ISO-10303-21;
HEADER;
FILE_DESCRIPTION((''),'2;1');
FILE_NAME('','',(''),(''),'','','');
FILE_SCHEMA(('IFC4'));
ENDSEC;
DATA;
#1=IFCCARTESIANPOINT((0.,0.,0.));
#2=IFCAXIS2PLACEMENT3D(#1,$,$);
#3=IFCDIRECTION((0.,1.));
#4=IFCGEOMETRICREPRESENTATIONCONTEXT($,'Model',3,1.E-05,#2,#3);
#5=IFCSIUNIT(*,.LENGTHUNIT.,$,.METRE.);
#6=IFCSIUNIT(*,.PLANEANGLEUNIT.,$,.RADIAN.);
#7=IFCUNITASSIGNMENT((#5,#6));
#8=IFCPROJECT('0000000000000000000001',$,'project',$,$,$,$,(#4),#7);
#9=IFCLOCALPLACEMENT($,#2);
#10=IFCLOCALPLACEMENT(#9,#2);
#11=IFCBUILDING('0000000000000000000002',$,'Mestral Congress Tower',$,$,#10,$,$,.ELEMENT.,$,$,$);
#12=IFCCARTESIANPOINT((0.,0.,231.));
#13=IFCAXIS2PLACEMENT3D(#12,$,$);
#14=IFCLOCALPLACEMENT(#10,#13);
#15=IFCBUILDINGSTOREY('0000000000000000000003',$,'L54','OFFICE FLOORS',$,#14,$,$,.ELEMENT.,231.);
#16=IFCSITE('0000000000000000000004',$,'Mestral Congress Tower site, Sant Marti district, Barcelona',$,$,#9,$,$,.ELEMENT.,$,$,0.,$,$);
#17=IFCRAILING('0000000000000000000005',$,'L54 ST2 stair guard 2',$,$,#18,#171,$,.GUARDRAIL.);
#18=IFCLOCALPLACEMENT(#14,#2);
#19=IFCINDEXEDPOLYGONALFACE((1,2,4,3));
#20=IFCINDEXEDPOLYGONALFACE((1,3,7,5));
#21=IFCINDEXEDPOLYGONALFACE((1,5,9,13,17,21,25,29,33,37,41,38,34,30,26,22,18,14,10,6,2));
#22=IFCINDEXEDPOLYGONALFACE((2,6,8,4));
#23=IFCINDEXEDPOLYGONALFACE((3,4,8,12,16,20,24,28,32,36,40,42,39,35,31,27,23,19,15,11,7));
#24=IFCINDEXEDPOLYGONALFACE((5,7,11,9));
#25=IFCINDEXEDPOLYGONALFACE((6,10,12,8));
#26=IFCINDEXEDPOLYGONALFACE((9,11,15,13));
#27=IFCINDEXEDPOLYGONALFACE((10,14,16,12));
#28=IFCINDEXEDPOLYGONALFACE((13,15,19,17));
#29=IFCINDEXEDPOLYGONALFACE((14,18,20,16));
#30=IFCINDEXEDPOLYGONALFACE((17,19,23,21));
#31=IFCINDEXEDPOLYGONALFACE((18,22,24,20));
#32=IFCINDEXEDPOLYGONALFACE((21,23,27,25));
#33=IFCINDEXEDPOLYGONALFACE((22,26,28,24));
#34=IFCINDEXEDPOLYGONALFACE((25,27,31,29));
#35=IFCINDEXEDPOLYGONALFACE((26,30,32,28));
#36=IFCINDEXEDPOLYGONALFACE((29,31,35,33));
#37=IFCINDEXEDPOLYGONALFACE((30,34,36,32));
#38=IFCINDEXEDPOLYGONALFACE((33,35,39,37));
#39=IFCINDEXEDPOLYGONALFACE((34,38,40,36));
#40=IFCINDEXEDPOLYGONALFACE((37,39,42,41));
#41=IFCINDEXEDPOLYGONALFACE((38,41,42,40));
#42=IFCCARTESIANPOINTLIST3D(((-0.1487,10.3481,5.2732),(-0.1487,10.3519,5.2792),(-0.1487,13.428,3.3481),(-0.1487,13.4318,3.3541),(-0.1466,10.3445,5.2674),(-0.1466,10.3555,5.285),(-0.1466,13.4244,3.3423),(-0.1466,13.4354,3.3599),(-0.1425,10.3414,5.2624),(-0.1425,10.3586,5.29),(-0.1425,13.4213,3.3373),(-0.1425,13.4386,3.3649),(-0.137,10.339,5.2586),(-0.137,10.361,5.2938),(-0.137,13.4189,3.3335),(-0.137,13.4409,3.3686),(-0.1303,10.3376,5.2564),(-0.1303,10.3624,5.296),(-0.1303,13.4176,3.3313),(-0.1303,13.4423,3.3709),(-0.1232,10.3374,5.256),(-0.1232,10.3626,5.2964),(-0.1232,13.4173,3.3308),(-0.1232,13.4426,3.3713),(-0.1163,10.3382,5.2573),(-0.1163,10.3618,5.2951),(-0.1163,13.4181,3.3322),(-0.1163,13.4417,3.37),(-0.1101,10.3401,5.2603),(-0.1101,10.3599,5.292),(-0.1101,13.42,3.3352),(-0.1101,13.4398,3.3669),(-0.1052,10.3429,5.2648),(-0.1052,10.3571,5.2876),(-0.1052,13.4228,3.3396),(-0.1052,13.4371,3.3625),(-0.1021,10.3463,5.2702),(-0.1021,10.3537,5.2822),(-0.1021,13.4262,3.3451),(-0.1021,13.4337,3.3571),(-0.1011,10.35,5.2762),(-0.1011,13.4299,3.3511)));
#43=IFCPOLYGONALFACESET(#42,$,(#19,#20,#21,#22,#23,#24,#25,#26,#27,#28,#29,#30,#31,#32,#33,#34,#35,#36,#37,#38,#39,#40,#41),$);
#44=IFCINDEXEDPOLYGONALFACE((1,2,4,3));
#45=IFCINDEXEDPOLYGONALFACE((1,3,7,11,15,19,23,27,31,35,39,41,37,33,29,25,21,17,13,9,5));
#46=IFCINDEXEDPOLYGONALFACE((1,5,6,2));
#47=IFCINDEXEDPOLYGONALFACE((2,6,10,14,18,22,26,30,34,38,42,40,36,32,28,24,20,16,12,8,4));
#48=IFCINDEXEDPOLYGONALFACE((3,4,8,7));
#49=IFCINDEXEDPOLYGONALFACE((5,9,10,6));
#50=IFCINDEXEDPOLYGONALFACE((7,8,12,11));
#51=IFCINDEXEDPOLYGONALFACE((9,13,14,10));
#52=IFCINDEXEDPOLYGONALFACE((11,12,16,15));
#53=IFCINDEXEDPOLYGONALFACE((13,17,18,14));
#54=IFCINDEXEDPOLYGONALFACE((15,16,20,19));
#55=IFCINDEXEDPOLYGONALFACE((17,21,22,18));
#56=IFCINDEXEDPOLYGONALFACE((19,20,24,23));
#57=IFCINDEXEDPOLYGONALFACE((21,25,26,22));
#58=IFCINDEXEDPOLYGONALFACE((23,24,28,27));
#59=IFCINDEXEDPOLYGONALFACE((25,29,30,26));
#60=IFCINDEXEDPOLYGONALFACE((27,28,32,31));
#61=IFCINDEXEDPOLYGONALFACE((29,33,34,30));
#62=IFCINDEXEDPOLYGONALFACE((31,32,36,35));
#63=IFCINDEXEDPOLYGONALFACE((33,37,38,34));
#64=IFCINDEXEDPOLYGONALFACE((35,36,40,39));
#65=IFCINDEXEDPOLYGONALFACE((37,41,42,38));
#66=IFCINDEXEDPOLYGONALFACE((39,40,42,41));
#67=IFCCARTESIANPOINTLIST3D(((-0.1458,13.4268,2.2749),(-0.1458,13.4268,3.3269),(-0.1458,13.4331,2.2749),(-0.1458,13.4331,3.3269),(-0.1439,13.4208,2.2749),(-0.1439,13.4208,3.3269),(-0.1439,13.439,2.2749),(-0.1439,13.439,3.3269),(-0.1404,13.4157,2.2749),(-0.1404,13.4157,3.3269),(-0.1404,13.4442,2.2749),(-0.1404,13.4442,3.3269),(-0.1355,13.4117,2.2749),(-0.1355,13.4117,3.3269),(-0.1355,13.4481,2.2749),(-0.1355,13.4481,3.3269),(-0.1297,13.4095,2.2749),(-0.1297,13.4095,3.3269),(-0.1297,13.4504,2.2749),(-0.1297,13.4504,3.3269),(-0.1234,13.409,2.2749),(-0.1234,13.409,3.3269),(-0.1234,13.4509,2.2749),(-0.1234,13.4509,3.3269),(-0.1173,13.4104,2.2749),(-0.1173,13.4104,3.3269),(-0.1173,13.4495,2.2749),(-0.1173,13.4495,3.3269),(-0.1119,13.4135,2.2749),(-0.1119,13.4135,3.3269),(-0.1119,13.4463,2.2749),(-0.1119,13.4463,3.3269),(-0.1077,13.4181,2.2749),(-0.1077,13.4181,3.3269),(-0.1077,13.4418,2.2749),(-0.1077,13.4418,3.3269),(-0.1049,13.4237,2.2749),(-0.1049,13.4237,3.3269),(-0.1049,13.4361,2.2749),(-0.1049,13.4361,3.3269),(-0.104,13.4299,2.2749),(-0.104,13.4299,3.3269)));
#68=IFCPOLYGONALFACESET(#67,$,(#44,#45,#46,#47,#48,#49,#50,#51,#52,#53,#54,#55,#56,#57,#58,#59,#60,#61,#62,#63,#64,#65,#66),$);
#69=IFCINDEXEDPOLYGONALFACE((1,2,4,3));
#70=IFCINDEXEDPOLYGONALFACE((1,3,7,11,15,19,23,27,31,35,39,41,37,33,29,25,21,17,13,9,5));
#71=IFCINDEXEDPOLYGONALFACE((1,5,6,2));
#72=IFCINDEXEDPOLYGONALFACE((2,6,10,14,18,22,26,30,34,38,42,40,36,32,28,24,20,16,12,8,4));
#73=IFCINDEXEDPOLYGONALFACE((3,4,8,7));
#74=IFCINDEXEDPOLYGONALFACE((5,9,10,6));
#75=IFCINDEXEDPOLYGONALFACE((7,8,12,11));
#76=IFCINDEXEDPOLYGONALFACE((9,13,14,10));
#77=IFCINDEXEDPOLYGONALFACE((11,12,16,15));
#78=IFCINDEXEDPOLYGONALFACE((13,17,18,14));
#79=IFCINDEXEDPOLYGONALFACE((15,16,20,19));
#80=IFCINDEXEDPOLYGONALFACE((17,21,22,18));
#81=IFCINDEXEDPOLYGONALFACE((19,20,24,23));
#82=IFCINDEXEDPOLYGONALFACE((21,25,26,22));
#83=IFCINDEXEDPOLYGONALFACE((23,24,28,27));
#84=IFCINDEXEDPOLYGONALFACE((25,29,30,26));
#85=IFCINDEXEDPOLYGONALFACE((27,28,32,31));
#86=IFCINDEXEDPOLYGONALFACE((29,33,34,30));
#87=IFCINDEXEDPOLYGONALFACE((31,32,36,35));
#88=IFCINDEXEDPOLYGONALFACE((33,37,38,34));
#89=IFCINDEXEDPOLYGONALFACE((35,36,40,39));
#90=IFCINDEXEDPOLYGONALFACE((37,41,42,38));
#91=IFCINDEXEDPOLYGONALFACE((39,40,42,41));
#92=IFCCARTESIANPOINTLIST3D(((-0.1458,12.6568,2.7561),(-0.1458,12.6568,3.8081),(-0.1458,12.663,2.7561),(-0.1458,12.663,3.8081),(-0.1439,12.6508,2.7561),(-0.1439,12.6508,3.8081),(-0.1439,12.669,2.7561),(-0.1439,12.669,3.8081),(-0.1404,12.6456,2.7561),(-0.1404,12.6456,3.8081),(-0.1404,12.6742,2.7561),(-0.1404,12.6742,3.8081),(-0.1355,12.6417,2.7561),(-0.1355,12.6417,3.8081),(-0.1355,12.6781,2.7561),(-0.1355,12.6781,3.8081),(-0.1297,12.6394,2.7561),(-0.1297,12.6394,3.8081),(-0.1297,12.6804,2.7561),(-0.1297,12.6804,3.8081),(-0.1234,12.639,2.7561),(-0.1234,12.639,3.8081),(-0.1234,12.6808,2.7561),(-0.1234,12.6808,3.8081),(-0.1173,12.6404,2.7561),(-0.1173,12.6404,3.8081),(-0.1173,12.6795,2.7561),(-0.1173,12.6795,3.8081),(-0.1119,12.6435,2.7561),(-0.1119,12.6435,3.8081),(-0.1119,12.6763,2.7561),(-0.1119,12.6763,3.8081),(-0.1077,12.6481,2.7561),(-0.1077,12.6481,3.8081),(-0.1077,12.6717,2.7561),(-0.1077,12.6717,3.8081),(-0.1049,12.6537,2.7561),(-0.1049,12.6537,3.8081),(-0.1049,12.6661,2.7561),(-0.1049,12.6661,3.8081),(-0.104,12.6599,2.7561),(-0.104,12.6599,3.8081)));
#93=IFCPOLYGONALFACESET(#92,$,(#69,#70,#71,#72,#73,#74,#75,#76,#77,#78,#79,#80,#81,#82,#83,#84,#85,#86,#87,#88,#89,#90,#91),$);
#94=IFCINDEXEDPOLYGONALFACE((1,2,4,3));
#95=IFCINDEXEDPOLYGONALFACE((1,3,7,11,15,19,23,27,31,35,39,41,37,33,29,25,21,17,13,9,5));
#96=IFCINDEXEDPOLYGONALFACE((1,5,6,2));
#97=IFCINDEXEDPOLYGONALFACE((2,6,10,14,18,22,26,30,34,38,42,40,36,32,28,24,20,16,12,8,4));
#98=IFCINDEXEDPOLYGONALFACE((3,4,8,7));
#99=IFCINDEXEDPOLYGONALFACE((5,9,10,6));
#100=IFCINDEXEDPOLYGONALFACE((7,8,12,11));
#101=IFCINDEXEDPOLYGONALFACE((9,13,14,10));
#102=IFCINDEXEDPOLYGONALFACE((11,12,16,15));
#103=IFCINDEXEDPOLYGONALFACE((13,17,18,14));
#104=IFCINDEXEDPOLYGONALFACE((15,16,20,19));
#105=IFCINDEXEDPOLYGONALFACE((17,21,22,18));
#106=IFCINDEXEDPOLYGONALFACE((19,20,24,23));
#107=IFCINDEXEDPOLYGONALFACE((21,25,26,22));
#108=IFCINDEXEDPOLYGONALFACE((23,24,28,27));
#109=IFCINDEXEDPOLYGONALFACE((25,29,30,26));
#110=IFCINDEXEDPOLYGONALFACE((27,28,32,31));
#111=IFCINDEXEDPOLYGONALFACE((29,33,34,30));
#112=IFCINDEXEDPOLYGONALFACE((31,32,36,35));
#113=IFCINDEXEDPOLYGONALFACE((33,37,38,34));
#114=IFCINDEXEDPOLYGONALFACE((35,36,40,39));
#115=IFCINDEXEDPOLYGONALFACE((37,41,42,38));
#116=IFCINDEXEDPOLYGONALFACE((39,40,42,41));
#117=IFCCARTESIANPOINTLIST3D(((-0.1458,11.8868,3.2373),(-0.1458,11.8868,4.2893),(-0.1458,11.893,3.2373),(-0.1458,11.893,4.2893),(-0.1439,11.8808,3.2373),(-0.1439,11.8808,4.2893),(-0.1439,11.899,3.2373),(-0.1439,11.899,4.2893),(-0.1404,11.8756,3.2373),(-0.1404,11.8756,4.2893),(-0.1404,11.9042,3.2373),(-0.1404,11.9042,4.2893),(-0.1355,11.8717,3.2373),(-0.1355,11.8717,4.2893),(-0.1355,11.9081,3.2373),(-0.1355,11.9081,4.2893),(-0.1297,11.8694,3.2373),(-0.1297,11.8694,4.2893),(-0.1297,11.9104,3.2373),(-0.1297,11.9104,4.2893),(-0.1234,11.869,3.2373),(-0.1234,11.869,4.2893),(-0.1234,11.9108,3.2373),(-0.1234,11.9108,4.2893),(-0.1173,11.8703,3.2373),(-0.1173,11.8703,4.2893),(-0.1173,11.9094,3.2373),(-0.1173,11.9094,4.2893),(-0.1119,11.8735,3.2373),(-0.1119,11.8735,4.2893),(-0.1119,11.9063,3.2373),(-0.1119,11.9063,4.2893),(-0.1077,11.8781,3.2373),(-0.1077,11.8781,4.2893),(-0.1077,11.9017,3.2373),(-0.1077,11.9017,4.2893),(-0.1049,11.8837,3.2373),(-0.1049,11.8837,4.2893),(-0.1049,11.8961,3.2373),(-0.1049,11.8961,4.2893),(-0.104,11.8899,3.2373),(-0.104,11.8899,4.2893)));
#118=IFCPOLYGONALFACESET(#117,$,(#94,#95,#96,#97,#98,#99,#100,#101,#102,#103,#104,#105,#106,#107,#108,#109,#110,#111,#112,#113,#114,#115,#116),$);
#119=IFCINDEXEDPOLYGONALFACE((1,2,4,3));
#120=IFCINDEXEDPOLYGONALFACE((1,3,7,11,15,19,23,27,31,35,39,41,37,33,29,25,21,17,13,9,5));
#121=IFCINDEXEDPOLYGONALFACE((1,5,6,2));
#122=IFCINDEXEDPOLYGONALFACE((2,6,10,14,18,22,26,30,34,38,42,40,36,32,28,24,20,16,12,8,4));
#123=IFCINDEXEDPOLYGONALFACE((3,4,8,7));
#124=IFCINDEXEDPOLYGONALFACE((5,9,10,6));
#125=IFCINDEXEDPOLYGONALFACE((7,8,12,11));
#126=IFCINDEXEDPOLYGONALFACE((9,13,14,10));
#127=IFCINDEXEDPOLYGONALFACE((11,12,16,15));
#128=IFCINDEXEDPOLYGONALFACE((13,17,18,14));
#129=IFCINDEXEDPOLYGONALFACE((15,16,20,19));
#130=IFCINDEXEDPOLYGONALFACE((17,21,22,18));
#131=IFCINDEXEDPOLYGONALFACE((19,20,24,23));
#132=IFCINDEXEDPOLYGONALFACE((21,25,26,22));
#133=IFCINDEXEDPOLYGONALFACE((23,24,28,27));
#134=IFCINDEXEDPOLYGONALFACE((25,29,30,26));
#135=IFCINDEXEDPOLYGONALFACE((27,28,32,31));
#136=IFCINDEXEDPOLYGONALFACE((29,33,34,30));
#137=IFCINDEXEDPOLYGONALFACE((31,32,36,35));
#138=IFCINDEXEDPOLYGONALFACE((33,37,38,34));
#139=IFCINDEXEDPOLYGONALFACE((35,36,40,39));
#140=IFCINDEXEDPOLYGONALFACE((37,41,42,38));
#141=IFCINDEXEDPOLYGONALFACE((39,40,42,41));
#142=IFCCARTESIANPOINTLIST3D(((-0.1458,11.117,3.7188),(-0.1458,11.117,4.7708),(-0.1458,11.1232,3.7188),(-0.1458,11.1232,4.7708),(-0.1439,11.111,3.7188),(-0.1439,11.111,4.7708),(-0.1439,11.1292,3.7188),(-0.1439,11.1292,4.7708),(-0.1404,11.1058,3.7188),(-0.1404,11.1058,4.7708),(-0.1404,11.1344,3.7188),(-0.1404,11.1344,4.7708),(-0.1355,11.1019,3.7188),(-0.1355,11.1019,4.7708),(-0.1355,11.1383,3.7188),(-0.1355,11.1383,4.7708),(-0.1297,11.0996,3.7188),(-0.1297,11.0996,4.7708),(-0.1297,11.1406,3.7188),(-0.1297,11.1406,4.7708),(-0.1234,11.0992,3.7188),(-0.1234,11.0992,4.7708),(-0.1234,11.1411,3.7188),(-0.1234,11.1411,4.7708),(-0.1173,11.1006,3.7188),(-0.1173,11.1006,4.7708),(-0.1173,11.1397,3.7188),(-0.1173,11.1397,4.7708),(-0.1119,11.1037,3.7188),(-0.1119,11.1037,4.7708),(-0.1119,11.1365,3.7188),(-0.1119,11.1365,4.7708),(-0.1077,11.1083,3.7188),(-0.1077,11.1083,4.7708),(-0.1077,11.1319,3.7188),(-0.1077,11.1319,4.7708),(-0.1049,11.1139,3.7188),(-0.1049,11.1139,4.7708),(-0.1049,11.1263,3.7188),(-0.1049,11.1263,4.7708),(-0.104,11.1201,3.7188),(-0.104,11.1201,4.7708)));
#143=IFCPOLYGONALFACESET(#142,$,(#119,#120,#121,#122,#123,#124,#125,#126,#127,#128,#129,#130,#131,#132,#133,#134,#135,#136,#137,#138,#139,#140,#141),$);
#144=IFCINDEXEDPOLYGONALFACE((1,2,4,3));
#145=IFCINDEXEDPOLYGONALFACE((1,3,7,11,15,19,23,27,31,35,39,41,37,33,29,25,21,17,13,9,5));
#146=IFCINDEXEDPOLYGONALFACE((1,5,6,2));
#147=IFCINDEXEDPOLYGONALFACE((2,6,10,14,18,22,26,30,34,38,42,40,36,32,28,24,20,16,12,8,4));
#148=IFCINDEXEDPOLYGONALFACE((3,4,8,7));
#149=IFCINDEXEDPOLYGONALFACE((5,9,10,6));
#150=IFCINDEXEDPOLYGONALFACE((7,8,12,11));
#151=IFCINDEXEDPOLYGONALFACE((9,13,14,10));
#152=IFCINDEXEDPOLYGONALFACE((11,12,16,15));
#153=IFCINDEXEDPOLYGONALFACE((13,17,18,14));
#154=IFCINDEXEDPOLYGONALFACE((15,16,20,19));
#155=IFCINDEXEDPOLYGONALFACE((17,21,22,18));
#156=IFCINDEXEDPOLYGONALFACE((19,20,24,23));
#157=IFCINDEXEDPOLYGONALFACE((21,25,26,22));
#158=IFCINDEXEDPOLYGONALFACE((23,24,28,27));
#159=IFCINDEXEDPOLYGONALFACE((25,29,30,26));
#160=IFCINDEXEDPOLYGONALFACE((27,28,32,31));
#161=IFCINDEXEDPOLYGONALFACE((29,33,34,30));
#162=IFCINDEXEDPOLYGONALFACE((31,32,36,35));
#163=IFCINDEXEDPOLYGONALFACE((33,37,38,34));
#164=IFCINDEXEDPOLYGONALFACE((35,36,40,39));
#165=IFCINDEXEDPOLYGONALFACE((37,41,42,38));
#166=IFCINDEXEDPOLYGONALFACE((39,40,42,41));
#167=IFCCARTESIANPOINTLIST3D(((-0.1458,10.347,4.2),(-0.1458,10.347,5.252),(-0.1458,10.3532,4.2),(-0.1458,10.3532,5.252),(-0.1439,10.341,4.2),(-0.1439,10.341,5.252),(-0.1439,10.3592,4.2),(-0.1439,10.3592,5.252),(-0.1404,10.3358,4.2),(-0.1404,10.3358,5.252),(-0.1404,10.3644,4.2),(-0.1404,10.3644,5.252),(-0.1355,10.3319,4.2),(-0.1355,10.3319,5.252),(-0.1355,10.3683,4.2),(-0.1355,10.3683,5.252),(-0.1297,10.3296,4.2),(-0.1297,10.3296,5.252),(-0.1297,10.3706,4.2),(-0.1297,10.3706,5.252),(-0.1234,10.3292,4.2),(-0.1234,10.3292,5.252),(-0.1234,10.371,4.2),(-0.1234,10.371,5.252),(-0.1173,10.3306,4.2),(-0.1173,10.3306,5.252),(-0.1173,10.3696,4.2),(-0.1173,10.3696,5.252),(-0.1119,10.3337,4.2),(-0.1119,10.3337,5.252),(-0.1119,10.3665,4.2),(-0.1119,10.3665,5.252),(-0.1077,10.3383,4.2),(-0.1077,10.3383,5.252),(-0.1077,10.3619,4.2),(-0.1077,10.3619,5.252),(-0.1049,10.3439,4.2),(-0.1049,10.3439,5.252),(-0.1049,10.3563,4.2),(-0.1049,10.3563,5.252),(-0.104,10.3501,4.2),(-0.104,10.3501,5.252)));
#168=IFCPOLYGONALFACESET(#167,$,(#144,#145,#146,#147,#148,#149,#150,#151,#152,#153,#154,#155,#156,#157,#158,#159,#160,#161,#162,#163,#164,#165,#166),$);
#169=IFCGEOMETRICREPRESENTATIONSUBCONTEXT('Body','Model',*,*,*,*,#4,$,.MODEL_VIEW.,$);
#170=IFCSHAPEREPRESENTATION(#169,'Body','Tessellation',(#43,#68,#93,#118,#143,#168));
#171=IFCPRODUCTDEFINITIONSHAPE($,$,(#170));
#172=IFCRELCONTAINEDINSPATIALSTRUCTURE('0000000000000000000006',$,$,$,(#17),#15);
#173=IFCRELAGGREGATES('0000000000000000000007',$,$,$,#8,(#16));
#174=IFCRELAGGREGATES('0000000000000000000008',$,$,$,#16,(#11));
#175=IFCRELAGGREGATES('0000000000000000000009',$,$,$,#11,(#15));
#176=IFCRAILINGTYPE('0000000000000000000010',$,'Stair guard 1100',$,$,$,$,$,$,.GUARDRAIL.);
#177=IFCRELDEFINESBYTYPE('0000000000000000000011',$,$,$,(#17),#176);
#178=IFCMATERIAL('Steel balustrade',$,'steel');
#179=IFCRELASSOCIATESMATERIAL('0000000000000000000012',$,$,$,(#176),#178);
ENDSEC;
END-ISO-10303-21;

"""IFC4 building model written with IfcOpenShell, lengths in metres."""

from ifc_helpers import new_model, si_unit, direction, frame, origin, origin_2d, place, context, subcontext, project, spatial, circle, extrude, material, type_object, element, save


model = new_model("IFC4")

# Units and contexts
model_context = context("Model", 3, precision=1e-05, world=origin(), true_north=direction((0.0, 1.0)))
body_context = subcontext(model_context, "Body", "Model", "MODEL_VIEW")
ifc_project = project(units=[si_unit("LENGTHUNIT", "METRE"), si_unit("PLANEANGLEUNIT", "RADIAN")], contexts=[model_context])

# Site, building, storey
site_placement = place(None, origin())
site = spatial("IfcSite", under=ifc_project, at=site_placement, Name="Mestral Congress Tower site, Sant Marti district, Barcelona", CompositionType="ELEMENT", RefElevation=0.0)
building_placement = place(site_placement, origin())
building = spatial("IfcBuilding", under=site, at=building_placement, Name="Mestral Congress Tower", CompositionType="ELEMENT")
storey_placement = place(building_placement, frame((0.0, 0.0, 231.0)))
storey = spatial("IfcBuildingStorey", under=building, at=storey_placement, Name="L54", Description="OFFICE FLOORS", CompositionType="ELEMENT", Elevation=231.0)

# Railing
ifc_material_1 = material(Name="Steel balustrade", Category="steel")
railing_type = type_object("IfcRailingType", Name="Stair guard 1100", PredefinedType="GUARDRAIL", material=ifc_material_1)
railing_placement = place(storey_placement, frame((-0.125, 13.4299, 2.2749)))
element("IfcRailing", 1, at=railing_placement, inside=storey, type_object=railing_type, Name="L54 ST2 stair guard 2", PredefinedType="GUARDRAIL", context=body_context, shape_type="SweptSolid", body=[
    extrude(circle(Radius=0.0239, at=origin_2d()), frame((0.0, 0.0, 1.0762), z_axis=(0.0, -0.847979, 0.530029), x_axis=(1.0, 0.0, 0.0)), (0.0, 0.0, 1.0), 3.6321),
    extrude(circle(Radius=0.021, at=origin_2d()), origin(), (0.0, 0.0, 1.0), 1.052),
    extrude(circle(Radius=0.021, at=origin_2d()), frame((0.0, -0.77, 0.4812)), (0.0, 0.0, 1.0), 1.052),
    extrude(circle(Radius=0.021, at=origin_2d()), frame((0.0, -1.54, 0.9624)), (0.0, 0.0, 1.0), 1.052),
    extrude(circle(Radius=0.021, at=origin_2d()), frame((0.0, -2.3098, 1.4438)), (0.0, 0.0, 1.0), 1.052),
    extrude(circle(Radius=0.021, at=origin_2d()), frame((0.0, -3.0798, 1.925)), (0.0, 0.0, 1.0), 1.052),
])

save(model, "model.ifc")
